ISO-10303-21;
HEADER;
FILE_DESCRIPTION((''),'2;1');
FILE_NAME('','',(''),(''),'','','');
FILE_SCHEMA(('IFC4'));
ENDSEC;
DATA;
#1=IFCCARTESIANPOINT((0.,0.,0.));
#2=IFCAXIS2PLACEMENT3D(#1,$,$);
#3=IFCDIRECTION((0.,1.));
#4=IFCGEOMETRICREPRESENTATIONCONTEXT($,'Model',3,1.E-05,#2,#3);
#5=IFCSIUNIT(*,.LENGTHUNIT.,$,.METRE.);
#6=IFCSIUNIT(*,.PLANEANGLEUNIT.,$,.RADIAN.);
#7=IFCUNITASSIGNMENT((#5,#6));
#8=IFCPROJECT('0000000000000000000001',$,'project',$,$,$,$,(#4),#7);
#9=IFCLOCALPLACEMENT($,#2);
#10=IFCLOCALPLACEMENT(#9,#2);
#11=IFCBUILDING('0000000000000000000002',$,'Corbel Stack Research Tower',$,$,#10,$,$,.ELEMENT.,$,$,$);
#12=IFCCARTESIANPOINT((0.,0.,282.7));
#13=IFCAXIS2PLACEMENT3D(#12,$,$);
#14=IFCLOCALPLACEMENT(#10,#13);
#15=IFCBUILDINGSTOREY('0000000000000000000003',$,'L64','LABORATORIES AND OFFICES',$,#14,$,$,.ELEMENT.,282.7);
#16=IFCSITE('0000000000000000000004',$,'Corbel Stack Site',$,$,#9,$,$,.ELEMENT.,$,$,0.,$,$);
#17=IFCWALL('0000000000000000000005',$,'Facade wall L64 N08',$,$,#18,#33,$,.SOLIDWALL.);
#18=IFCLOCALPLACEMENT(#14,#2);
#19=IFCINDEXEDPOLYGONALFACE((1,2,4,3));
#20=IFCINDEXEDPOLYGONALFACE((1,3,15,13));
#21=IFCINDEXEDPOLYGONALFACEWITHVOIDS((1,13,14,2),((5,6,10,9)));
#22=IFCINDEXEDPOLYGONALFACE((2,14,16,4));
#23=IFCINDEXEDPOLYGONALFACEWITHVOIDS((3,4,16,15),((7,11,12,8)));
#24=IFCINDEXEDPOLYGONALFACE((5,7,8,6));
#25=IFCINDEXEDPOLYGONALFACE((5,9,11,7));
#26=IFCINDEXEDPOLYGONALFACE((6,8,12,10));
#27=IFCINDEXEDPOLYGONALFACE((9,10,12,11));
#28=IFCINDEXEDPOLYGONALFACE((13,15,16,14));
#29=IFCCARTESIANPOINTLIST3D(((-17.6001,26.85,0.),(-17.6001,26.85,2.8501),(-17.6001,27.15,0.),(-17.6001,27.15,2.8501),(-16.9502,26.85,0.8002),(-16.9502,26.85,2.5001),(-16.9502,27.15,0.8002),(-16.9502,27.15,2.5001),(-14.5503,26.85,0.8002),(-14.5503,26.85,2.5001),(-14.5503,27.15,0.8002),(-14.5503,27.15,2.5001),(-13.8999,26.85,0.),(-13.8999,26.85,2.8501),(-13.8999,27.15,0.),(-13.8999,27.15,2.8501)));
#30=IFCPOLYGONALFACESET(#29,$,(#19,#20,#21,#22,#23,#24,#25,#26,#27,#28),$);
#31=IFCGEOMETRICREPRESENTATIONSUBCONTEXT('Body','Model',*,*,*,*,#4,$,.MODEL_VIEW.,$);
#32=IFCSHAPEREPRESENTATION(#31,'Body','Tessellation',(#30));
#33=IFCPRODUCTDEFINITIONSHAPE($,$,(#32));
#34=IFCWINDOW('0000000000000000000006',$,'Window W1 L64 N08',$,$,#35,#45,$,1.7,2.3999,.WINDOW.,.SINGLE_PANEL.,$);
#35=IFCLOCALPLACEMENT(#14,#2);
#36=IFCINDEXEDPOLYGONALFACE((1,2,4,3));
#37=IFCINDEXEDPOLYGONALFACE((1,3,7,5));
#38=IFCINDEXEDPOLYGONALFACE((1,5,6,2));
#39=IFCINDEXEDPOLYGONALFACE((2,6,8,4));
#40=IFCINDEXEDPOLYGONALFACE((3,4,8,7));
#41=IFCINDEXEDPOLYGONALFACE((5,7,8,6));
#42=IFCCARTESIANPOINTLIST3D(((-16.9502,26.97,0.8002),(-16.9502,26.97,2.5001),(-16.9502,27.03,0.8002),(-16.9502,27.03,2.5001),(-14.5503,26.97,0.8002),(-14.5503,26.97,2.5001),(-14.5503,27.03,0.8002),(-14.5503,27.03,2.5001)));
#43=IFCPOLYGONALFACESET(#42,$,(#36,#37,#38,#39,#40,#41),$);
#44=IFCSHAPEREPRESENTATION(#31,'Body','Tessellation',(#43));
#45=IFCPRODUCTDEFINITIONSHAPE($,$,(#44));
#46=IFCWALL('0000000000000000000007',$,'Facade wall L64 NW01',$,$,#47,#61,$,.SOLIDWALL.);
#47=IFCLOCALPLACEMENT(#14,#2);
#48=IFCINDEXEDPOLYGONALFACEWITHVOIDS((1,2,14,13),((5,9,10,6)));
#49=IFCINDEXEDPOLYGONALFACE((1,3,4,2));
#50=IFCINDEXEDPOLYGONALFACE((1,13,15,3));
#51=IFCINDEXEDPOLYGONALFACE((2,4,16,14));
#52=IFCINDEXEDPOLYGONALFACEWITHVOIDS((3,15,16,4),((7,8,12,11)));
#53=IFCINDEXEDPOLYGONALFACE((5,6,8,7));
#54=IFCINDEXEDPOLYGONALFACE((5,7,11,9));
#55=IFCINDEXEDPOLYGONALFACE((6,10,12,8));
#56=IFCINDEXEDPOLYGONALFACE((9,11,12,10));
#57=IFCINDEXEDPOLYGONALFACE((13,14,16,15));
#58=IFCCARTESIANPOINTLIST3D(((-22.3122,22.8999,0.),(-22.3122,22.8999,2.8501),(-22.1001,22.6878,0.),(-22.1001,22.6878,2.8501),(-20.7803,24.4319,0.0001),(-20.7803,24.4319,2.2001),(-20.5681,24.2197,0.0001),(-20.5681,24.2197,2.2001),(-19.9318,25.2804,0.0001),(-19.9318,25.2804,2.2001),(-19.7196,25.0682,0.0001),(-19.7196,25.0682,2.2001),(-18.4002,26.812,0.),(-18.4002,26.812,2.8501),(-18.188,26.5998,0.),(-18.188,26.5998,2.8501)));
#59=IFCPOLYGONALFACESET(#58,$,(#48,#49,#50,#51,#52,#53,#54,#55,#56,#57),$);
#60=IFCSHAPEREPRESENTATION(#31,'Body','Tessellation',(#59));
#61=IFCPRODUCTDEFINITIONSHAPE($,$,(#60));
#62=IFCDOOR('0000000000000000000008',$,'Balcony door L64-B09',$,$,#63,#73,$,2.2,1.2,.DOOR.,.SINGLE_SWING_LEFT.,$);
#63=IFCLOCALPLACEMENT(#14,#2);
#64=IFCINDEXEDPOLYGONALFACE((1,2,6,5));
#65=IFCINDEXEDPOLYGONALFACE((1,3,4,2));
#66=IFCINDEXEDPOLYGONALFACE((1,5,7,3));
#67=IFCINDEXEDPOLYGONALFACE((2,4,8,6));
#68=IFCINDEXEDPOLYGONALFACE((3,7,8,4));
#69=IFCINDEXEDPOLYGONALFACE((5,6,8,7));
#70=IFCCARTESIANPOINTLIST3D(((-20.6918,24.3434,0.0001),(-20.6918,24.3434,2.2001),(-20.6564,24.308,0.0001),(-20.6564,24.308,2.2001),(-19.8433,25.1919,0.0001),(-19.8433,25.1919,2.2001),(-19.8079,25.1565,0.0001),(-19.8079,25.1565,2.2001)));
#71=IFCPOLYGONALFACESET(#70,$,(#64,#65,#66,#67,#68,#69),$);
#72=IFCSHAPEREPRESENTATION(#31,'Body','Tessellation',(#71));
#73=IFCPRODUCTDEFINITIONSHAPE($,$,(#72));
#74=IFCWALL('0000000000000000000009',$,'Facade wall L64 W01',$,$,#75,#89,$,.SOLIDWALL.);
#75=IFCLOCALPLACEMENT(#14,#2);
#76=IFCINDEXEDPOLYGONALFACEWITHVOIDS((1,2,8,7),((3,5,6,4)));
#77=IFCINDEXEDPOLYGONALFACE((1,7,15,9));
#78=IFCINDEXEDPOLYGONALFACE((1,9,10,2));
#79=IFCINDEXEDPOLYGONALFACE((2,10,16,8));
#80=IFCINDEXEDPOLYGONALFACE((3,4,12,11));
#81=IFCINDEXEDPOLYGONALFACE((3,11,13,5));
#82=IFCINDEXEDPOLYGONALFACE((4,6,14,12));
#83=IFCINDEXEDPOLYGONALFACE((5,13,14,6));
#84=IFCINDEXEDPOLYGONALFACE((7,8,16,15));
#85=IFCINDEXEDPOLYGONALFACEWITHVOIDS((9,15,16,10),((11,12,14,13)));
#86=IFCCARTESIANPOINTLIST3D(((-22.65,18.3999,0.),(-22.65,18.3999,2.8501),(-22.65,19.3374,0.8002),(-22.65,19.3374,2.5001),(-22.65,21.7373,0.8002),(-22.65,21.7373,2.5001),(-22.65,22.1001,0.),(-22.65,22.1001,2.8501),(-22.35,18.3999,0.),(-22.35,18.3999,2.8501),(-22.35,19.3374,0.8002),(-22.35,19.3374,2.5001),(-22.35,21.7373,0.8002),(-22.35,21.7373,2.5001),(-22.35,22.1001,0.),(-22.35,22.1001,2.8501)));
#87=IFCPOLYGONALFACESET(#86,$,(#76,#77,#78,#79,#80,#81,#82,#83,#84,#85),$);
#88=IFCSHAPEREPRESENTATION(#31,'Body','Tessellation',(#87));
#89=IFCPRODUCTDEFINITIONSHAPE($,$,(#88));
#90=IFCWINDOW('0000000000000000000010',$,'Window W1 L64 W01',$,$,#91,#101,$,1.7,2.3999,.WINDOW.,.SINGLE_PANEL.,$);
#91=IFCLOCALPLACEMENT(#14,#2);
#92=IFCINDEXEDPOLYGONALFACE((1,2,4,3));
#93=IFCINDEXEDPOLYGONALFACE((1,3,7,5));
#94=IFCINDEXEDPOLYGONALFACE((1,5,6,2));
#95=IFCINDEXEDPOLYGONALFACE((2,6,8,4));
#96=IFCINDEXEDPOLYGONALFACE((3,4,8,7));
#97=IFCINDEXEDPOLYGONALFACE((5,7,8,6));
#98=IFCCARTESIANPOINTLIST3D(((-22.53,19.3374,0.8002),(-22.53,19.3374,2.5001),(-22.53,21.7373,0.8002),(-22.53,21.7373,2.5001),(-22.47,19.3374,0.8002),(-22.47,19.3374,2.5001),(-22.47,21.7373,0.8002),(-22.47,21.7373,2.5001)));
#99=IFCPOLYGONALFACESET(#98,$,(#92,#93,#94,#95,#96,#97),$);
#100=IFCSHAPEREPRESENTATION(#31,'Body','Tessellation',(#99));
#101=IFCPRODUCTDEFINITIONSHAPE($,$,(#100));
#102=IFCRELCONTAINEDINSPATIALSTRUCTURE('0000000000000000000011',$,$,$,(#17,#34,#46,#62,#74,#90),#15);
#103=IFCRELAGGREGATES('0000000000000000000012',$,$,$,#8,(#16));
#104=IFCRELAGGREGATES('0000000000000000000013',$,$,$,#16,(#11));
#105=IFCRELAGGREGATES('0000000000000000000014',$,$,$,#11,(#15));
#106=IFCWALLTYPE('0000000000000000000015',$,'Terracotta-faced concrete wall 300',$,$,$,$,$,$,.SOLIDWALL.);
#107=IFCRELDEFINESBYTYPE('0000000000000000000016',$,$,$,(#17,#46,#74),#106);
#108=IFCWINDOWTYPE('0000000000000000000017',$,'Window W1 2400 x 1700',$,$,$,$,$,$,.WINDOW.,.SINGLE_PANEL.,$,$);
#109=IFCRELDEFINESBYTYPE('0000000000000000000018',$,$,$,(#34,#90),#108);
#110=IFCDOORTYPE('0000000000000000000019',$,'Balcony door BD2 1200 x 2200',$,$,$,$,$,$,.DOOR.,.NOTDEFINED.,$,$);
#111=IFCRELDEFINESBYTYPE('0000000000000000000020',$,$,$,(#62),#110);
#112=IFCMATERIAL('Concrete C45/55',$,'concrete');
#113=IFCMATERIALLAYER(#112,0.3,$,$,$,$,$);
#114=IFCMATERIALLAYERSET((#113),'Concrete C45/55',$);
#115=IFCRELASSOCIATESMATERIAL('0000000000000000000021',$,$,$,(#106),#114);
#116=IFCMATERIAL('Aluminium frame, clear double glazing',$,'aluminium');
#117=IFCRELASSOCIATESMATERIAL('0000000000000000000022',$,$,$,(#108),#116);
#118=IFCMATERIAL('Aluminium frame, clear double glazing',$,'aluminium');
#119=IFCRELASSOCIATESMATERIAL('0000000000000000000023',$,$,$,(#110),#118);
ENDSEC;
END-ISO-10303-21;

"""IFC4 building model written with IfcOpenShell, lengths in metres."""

from ifc_helpers import new_model, si_unit, direction, frame, frame_2d, origin, place, context, subcontext, project, spatial, rectangle, extrude, material, layer, layer_set, type_object, element, fill, save


model = new_model("IFC4")

# Units and contexts
model_context = context("Model", 3, precision=1e-05, world=origin(), true_north=direction((0.0, 1.0)))
body_context = subcontext(model_context, "Body", "Model", "MODEL_VIEW")
ifc_project = project(units=[si_unit("LENGTHUNIT", "METRE"), si_unit("PLANEANGLEUNIT", "RADIAN")], contexts=[model_context])

# Site, building, storey
site_placement = place(None, origin())
site = spatial("IfcSite", under=ifc_project, at=site_placement, Name="Corbel Stack Site", CompositionType="ELEMENT", RefElevation=0.0)
building_placement = place(site_placement, origin())
building = spatial("IfcBuilding", under=site, at=building_placement, Name="Corbel Stack Research Tower", CompositionType="ELEMENT")
storey_placement = place(building_placement, frame((0.0, 0.0, 282.7)))
storey = spatial("IfcBuildingStorey", under=building, at=storey_placement, Name="L64", Description="LABORATORIES AND OFFICES", CompositionType="ELEMENT", Elevation=282.7)

# Wall, opening, window
ifc_material_1 = material(Name="Concrete C45/55", Category="concrete")
ifc_layer_1 = layer(ifc_material_1, 0.3)
ifc_layer_set_1 = layer_set([ifc_layer_1], Name="Concrete C45/55")
wall_type_1 = type_object("IfcWallType", Name="Terracotta-faced concrete wall 300", PredefinedType="SOLIDWALL", material=ifc_layer_set_1)
wall_1_placement = place(storey_placement, frame((-17.6001, 27.0, 0.0), z_axis=(0.0, 0.0, 1.0), x_axis=(1.0, 0.0, 0.0)))
wall_1 = element("IfcWall", 1, at=wall_1_placement, inside=storey, type_object=wall_type_1, Name="Facade wall L64 N08", PredefinedType="SOLIDWALL", context=body_context, shape_type="SweptSolid", body=[
    extrude(rectangle(XDim=3.7002, YDim=0.3, at=frame_2d((1.8501, 0.0))), origin(), (0.0, 0.0, 1.0), 2.8501),
])
opening_1_placement = place(wall_1_placement, frame((0.6499, 0.0, 0.8)))
opening_1 = element("IfcOpeningElement", 2, at=opening_1_placement, cuts=wall_1, PredefinedType="OPENING", context=body_context, shape_type="SweptSolid", body=[
    extrude(rectangle(XDim=2.3999, YDim=1.7, at=frame_2d((1.2, 0.8501))), frame((0.0, 0.1599, 0.0), z_axis=(0.0, -1.0, 0.0), x_axis=(1.0, 0.0, 0.0)), (0.0, 0.0, 1.0), 0.3201),
])
ifc_material_2 = material(Name="Aluminium frame, clear double glazing", Category="aluminium")
window_type = type_object("IfcWindowType", Name="Window W1 2400 x 1700", PartitioningType="SINGLE_PANEL", PredefinedType="WINDOW", material=ifc_material_2)
window_1_placement = place(opening_1_placement, origin())
window_1 = element("IfcWindow", 3, at=window_1_placement, inside=storey, type_object=window_type, Name="Window W1 L64 N08", OverallHeight=1.7, OverallWidth=2.3999, PartitioningType="SINGLE_PANEL", PredefinedType="WINDOW", context=body_context, shape_type="SweptSolid", body=[
    extrude(rectangle(XDim=2.3999, YDim=1.7, at=frame_2d((1.2, 0.8501))), frame((0.0, 0.03, 0.0), z_axis=(0.0, -1.0, 0.0), x_axis=(1.0, 0.0, 0.0)), (0.0, 0.0, 1.0), 0.0601),
])
fill(opening_1, window_1)

# Wall, opening, door
wall_2_placement = place(storey_placement, frame((-22.2061, 22.7939, 0.0), z_axis=(0.0, 0.0, 1.0), x_axis=(0.707107, 0.707107, 0.0)))
wall_2 = element("IfcWall", 4, at=wall_2_placement, inside=storey, type_object=wall_type_1, Name="Facade wall L64 NW01", PredefinedType="SOLIDWALL", context=body_context, shape_type="SweptSolid", body=[
    extrude(rectangle(XDim=5.5325, YDim=0.3, at=frame_2d((2.7661, 0.0))), origin(), (0.0, 0.0, 1.0), 2.8501),
])
opening_2_placement = place(wall_2_placement, frame((2.1663, 0.0, 0.0)))
opening_2 = element("IfcOpeningElement", 5, at=opening_2_placement, cuts=wall_2, PredefinedType="OPENING", context=body_context, shape_type="SweptSolid", body=[
    extrude(rectangle(XDim=1.2, YDim=2.2, at=frame_2d((0.6001, 1.1001))), frame((0.0, 0.1599, 0.0), z_axis=(0.0, -1.0, 0.0), x_axis=(1.0, 0.0, 0.0)), (0.0, 0.0, 1.0), 0.3201),
])
ifc_material_3 = material(Name="Aluminium frame, clear double glazing", Category="aluminium")
door_type_1 = type_object("IfcDoorType", Name="Balcony door BD2 1200 x 2200", OperationType="NOTDEFINED", PredefinedType="DOOR", material=ifc_material_3)
door_1_placement = place(opening_2_placement, origin())
door_1 = element("IfcDoor", 6, at=door_1_placement, inside=storey, type_object=door_type_1, Name="Balcony door L64-B09", OperationType="SINGLE_SWING_LEFT", OverallHeight=2.2, OverallWidth=1.2, PredefinedType="DOOR", context=body_context, shape_type="SweptSolid", body=[
    extrude(rectangle(XDim=1.2, YDim=2.2, at=frame_2d((0.6001, 1.1001))), frame((0.0, 0.0249, 0.0), z_axis=(0.0, -1.0, 0.0), x_axis=(1.0, 0.0, 0.0)), (0.0, 0.0, 1.0), 0.05),
])
fill(opening_2, door_1)

# Wall, opening, window
wall_3_placement = place(storey_placement, frame((-22.5, 18.3999, 0.0), z_axis=(0.0, 0.0, 1.0), x_axis=(0.0, 1.0, 0.0)))
wall_3 = element("IfcWall", 7, at=wall_3_placement, inside=storey, type_object=wall_type_1, Name="Facade wall L64 W01", PredefinedType="SOLIDWALL", context=body_context, shape_type="SweptSolid", body=[
    extrude(rectangle(XDim=3.7002, YDim=0.3, at=frame_2d((1.8501, 0.0))), origin(), (0.0, 0.0, 1.0), 2.8501),
])
opening_3_placement = place(wall_3_placement, frame((0.9375, 0.0, 0.8)))
opening_3 = element("IfcOpeningElement", 8, at=opening_3_placement, cuts=wall_3, PredefinedType="OPENING", context=body_context, shape_type="SweptSolid", body=[
    extrude(rectangle(XDim=2.3999, YDim=1.7, at=frame_2d((1.2, 0.8501))), frame((0.0, 0.1599, 0.0), z_axis=(0.0, -1.0, 0.0), x_axis=(1.0, 0.0, 0.0)), (0.0, 0.0, 1.0), 0.3201),
])
window_2_placement = place(opening_3_placement, origin())
window_2 = element("IfcWindow", 9, at=window_2_placement, inside=storey, type_object=window_type, Name="Window W1 L64 W01", OverallHeight=1.7, OverallWidth=2.3999, PartitioningType="SINGLE_PANEL", PredefinedType="WINDOW", context=body_context, shape_type="SweptSolid", body=[
    extrude(rectangle(XDim=2.3999, YDim=1.7, at=frame_2d((1.2, 0.8501))), frame((0.0, 0.03, 0.0), z_axis=(0.0, -1.0, 0.0), x_axis=(1.0, 0.0, 0.0)), (0.0, 0.0, 1.0), 0.0601),
])
fill(opening_3, window_2)

save(model, "model.ifc")
